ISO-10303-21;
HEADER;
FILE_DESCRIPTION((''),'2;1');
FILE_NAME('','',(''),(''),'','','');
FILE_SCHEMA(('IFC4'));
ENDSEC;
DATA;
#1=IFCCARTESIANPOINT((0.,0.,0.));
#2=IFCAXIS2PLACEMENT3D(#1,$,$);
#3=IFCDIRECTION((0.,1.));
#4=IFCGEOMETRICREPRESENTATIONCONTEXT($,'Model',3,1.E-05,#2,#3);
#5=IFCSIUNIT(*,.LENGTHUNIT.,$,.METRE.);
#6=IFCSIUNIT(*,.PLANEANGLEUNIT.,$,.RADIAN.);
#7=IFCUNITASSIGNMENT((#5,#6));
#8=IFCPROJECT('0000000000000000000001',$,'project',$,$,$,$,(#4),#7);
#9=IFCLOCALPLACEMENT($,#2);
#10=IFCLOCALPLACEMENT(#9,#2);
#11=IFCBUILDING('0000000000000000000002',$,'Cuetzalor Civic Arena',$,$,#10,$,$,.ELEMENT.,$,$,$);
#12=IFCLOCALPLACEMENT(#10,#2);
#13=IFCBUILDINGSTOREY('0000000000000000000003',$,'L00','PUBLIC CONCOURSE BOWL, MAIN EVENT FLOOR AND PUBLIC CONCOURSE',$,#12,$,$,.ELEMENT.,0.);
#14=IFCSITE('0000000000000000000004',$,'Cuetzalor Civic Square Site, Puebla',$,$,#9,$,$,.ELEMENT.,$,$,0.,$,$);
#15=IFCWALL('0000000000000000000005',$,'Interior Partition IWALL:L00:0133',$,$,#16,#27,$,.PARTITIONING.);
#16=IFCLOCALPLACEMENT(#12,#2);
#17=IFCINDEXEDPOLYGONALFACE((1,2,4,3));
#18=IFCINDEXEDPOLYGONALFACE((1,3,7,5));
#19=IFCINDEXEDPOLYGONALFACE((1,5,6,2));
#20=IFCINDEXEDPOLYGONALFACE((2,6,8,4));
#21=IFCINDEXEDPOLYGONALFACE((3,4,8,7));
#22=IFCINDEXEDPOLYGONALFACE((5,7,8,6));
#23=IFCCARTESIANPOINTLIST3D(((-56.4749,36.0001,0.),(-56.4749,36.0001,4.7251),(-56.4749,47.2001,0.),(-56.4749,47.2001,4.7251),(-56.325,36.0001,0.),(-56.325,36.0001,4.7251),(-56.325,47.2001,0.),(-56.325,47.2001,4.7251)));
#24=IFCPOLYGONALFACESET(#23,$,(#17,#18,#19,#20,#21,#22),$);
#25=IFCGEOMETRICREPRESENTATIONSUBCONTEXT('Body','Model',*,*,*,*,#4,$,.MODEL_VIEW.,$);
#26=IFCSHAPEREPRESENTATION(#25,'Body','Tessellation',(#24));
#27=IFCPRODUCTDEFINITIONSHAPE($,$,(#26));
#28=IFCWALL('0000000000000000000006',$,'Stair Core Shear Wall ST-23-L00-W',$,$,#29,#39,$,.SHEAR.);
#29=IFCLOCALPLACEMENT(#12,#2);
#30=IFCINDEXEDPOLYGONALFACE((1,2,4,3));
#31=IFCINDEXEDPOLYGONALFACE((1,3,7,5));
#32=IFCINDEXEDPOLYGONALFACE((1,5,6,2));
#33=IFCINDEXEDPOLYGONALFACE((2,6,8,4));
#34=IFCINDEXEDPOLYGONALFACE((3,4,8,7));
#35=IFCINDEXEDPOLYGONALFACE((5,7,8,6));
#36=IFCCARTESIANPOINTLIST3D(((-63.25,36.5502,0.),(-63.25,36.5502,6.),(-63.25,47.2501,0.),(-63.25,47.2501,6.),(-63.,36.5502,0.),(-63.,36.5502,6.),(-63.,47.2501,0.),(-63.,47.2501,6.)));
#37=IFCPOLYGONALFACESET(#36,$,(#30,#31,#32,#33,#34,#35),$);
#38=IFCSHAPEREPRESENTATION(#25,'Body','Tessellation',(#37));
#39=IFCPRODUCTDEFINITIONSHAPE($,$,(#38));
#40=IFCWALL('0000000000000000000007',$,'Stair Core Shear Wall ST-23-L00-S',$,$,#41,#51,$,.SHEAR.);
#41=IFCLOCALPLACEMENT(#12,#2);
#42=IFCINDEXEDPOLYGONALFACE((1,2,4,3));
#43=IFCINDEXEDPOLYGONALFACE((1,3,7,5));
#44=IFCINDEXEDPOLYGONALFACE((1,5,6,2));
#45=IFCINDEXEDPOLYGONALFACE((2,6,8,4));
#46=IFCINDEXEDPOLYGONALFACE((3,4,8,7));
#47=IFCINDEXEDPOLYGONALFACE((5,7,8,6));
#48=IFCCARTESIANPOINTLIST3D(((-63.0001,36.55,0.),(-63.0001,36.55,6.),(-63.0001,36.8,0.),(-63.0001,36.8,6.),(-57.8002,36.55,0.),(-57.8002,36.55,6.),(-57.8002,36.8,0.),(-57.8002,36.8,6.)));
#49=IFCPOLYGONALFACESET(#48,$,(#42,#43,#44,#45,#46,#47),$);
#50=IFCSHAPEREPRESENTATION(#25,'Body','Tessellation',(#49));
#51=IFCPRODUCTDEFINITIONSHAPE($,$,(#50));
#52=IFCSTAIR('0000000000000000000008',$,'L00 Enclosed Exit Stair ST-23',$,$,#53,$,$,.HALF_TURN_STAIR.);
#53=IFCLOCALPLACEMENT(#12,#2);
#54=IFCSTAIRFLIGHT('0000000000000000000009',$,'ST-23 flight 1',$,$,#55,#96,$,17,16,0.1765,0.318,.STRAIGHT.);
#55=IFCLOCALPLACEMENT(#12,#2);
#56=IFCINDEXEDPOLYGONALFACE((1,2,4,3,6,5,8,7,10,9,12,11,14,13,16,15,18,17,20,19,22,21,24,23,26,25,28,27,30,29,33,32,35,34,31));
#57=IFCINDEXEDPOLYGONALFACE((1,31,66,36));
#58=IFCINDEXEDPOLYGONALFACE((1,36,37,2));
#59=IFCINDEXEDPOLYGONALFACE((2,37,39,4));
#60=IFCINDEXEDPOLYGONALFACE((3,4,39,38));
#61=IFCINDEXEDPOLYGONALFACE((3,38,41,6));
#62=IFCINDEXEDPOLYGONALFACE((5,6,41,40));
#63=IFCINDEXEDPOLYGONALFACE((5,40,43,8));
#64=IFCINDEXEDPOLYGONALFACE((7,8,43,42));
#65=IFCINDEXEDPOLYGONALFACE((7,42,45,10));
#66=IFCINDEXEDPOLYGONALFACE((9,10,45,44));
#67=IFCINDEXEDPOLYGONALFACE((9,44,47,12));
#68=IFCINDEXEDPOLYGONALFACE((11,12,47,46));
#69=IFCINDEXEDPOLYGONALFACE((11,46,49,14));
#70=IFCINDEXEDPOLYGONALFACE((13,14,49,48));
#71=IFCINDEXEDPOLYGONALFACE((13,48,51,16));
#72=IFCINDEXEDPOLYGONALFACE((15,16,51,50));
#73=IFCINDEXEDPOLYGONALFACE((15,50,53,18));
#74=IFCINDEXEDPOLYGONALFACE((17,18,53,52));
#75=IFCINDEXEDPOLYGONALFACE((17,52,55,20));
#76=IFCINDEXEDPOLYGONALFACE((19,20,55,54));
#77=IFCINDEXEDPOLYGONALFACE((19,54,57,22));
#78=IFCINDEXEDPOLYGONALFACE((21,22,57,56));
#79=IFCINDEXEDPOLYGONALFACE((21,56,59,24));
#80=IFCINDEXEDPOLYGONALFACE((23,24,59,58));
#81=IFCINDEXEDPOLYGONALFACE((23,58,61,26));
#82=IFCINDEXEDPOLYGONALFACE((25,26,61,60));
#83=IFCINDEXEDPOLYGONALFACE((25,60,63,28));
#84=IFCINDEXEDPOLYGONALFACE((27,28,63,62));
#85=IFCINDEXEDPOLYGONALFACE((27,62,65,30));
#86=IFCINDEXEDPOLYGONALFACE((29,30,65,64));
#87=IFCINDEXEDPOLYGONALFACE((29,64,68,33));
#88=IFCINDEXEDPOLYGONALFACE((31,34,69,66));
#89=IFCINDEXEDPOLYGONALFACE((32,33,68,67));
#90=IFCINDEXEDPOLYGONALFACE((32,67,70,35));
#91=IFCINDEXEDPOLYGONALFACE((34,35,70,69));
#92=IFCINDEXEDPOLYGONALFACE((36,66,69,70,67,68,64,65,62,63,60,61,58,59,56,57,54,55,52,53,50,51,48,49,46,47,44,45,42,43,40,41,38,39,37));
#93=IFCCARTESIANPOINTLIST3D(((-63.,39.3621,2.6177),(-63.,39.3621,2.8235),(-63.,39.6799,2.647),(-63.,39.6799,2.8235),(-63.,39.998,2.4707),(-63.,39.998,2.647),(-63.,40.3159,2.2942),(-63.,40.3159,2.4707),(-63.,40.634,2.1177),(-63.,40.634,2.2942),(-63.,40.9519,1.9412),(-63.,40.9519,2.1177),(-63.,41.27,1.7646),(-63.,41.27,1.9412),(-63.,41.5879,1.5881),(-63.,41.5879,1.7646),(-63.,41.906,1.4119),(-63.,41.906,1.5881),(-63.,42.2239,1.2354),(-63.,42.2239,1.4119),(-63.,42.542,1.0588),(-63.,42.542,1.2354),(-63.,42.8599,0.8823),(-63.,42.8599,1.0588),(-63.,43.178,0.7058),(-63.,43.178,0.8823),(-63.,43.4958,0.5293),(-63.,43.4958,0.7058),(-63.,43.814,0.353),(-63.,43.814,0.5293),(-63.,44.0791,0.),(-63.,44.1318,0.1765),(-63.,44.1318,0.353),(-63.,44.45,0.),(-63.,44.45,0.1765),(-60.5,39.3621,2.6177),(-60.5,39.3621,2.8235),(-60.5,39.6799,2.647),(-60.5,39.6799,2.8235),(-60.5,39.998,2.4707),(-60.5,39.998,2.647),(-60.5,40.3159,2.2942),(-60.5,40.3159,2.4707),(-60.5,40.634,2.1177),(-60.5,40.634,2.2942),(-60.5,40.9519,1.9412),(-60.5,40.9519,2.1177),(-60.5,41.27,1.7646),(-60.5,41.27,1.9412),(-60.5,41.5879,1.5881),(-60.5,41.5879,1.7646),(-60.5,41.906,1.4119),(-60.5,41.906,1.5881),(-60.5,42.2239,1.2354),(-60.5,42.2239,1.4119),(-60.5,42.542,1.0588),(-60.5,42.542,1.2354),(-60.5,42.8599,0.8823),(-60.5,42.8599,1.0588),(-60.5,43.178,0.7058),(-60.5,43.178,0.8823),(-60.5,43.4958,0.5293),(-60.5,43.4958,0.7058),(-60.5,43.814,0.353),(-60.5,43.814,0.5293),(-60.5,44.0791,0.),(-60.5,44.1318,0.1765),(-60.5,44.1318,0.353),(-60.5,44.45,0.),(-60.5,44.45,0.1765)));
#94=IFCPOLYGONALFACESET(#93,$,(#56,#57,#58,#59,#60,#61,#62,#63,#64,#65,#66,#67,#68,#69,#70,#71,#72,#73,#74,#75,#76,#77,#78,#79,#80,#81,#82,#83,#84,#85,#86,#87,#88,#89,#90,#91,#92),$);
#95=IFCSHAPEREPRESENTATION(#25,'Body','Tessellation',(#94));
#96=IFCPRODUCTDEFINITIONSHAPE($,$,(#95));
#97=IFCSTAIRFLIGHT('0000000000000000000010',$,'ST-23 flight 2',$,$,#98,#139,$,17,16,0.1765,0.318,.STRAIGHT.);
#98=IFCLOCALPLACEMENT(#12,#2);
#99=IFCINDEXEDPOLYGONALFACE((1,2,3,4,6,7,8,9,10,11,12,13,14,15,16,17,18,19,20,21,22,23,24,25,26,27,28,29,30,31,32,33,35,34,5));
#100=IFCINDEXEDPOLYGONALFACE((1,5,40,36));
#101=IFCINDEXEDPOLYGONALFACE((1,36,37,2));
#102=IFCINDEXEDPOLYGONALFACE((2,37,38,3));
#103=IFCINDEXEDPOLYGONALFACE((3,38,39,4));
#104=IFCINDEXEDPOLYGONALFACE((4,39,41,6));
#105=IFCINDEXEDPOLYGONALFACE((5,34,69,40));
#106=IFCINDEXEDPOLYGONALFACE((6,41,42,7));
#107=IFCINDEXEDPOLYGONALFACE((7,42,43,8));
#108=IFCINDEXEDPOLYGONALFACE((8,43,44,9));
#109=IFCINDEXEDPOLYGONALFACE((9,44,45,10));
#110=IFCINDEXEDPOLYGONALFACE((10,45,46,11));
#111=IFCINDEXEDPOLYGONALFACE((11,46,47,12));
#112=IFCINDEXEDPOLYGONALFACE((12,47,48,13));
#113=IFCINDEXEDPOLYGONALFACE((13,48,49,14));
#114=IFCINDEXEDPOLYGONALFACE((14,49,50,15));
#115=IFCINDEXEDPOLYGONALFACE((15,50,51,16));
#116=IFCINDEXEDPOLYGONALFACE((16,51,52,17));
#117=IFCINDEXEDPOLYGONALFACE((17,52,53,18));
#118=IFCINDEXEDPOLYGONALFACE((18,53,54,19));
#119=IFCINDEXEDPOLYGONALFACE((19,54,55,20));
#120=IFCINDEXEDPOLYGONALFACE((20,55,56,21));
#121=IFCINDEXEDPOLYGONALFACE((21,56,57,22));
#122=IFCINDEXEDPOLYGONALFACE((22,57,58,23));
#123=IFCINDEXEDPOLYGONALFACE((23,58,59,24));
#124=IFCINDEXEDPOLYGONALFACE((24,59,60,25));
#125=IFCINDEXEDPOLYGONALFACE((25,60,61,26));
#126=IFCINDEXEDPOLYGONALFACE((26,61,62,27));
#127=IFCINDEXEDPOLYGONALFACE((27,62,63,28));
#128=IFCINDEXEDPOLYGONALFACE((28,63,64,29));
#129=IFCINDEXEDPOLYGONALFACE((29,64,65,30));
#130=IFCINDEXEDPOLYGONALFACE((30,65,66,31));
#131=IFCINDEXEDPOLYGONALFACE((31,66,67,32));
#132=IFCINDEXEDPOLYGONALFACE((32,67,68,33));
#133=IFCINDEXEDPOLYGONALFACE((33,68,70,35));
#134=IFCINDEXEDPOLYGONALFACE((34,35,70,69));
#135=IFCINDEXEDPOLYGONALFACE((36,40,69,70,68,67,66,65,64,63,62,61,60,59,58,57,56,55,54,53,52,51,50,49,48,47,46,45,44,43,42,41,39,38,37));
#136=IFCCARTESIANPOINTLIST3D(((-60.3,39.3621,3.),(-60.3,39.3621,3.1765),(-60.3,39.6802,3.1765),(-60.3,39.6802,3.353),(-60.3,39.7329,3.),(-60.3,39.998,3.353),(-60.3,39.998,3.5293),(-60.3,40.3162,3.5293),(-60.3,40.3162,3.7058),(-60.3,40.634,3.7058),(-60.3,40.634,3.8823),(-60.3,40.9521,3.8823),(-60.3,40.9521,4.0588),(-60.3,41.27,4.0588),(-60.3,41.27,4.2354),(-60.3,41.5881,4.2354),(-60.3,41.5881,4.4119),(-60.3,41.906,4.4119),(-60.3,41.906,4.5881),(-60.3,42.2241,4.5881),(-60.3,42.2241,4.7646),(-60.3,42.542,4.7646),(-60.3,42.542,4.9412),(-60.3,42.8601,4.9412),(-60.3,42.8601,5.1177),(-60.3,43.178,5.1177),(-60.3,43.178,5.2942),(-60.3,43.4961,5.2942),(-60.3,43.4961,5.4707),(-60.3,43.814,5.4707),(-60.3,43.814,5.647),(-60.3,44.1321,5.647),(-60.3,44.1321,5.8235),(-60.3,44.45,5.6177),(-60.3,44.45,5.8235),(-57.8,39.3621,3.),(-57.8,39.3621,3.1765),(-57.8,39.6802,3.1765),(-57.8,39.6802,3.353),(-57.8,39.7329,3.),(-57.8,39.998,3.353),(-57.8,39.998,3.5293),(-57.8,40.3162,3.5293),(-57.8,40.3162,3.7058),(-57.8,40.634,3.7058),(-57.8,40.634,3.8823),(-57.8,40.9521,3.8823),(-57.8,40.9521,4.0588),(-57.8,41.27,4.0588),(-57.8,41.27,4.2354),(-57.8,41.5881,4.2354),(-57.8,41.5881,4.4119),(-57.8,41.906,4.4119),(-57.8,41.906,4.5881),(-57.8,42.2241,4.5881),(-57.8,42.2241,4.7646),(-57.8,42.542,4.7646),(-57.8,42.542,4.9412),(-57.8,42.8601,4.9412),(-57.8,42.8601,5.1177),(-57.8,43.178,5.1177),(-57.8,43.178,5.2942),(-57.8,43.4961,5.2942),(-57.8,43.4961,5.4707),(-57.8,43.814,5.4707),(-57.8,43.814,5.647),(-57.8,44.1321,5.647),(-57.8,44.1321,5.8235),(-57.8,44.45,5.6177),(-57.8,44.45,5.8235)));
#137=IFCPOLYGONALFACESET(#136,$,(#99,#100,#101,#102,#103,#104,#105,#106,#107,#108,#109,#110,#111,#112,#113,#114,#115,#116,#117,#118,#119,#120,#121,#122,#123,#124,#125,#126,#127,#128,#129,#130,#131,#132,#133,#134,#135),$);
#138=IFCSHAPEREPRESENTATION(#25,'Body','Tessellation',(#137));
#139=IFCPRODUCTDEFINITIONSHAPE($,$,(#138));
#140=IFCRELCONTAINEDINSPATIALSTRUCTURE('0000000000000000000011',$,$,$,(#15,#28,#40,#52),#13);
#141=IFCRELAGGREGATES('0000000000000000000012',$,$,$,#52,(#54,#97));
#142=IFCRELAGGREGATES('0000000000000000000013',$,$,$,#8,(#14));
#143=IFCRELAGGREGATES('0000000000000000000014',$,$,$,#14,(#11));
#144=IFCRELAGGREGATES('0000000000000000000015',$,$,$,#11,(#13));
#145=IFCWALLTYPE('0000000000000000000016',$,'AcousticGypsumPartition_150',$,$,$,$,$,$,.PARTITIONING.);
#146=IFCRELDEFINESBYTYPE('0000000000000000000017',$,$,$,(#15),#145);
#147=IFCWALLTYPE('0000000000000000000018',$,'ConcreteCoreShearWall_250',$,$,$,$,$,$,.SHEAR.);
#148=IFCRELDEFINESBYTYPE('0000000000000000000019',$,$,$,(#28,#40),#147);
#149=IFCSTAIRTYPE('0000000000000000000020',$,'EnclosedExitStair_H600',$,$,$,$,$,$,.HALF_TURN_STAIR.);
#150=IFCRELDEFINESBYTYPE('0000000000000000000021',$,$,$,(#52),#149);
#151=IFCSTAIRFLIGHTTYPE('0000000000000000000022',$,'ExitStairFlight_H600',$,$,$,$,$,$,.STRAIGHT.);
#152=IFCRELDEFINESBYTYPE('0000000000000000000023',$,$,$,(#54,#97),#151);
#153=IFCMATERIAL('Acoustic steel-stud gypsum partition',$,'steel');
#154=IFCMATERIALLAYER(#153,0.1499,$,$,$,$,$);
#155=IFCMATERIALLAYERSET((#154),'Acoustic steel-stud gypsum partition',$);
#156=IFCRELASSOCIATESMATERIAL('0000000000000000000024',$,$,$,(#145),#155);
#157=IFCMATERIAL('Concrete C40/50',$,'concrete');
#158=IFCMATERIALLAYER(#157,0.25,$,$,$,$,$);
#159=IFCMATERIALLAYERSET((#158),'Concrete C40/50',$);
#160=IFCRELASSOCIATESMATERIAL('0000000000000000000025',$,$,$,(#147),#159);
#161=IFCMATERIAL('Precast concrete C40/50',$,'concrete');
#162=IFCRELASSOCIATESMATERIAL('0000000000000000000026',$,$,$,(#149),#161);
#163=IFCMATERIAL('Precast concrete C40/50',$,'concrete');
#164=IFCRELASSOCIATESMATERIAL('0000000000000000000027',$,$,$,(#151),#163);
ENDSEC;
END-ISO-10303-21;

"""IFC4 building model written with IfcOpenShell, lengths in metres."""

from ifc_helpers import new_model, si_unit, direction, frame, frame_2d, origin, place, context, subcontext, project, spatial, polyline, rectangle, outline, extrude, material, layer, layer_set, type_object, element, aggregate, save


model = new_model("IFC4")

# Units and contexts
model_context = context("Model", 3, precision=1e-05, world=origin(), true_north=direction((0.0, 1.0)))
body_context = subcontext(model_context, "Body", "Model", "MODEL_VIEW")
ifc_project = project(units=[si_unit("LENGTHUNIT", "METRE"), si_unit("PLANEANGLEUNIT", "RADIAN")], contexts=[model_context])

# Site, building, storey
site_placement = place(None, origin())
site = spatial("IfcSite", under=ifc_project, at=site_placement, Name="Cuetzalor Civic Square Site, Puebla", CompositionType="ELEMENT", RefElevation=0.0)
building_placement = place(site_placement, origin())
building = spatial("IfcBuilding", under=site, at=building_placement, Name="Cuetzalor Civic Arena", CompositionType="ELEMENT")
storey_placement = place(building_placement, origin())
storey = spatial("IfcBuildingStorey", under=building, at=storey_placement, Name="L00", Description="PUBLIC CONCOURSE BOWL, MAIN EVENT FLOOR AND PUBLIC CONCOURSE", CompositionType="ELEMENT", Elevation=0.0)

# Walls
ifc_material_1 = material(Name="Acoustic steel-stud gypsum partition", Category="steel")
ifc_layer_1 = layer(ifc_material_1, 0.1499)
ifc_layer_set_1 = layer_set([ifc_layer_1], Name="Acoustic steel-stud gypsum partition")
wall_type_1 = type_object("IfcWallType", Name="AcousticGypsumPartition_150", PredefinedType="PARTITIONING", material=ifc_layer_set_1)
wall_1_placement = place(storey_placement, frame((-56.3999, 36.0, 0.0), z_axis=(0.0, 0.0, 1.0), x_axis=(0.0, 1.0, 0.0)))
element("IfcWall", 1, at=wall_1_placement, inside=storey, type_object=wall_type_1, Name="Interior Partition IWALL:L00:0133", PredefinedType="PARTITIONING", context=body_context, shape_type="SweptSolid", body=[
    extrude(rectangle(XDim=11.2, YDim=0.1499, at=frame_2d((5.6001, 0.0))), origin(), (0.0, 0.0, 1.0), 4.7251),
])
ifc_material_2 = material(Name="Concrete C40/50", Category="concrete")
ifc_layer_2 = layer(ifc_material_2, 0.25)
ifc_layer_set_2 = layer_set([ifc_layer_2], Name="Concrete C40/50")
wall_type_2 = type_object("IfcWallType", Name="ConcreteCoreShearWall_250", PredefinedType="SHEAR", material=ifc_layer_set_2)
wall_2_placement = place(storey_placement, frame((-63.125, 36.55, 0.0), z_axis=(0.0, 0.0, 1.0), x_axis=(0.0, 1.0, 0.0)))
element("IfcWall", 2, at=wall_2_placement, inside=storey, type_object=wall_type_2, Name="Stair Core Shear Wall ST-23-L00-W", PredefinedType="SHEAR", context=body_context, shape_type="SweptSolid", body=[
    extrude(rectangle(XDim=10.7, YDim=0.25, at=frame_2d((5.3501, 0.0))), origin(), (0.0, 0.0, 1.0), 6.0),
])
wall_3_placement = place(storey_placement, frame((-57.8, 36.675, 0.0), z_axis=(0.0, 0.0, 1.0), x_axis=(-1.0, 0.0, 0.0)))
element("IfcWall", 3, at=wall_3_placement, inside=storey, type_object=wall_type_2, Name="Stair Core Shear Wall ST-23-L00-S", PredefinedType="SHEAR", context=body_context, shape_type="SweptSolid", body=[
    extrude(rectangle(XDim=5.2, YDim=0.25, at=frame_2d((2.6001, 0.0))), origin(), (0.0, 0.0, 1.0), 6.0),
])

# Stair, stair flights
ifc_material_3 = material(Name="Precast concrete C40/50", Category="concrete")
stair_type = type_object("IfcStairType", Name="EnclosedExitStair_H600", PredefinedType="HALF_TURN_STAIR", material=ifc_material_3)
stair_placement = place(storey_placement, origin())
stair = element("IfcStair", 4, at=stair_placement, inside=storey, type_object=stair_type, Name="L00 Enclosed Exit Stair ST-23", PredefinedType="HALF_TURN_STAIR")
ifc_material_4 = material(Name="Precast concrete C40/50", Category="concrete")
stair_flight_type = type_object("IfcStairFlightType", Name="ExitStairFlight_H600", PredefinedType="STRAIGHT", material=ifc_material_4)
stair_flight_1_placement = place(storey_placement, frame((-61.75, 44.45, 0.0), z_axis=(0.0, 0.0, 1.0), x_axis=(0.0, -1.0, 0.0)))
stair_flight_1 = element("IfcStairFlight", 5, at=stair_flight_1_placement, type_object=stair_flight_type, Name="ST-23 flight 1", NumberOfRisers=17, NumberOfTreads=16, PredefinedType="STRAIGHT", RiserHeight=0.1765, TreadLength=0.318, context=body_context, shape_type="SweptSolid", body=[
    extrude(outline(polyline([(0.0, 0.0), (0.0, 0.1765), (0.3181, 0.1765), (0.3181, 0.353), (0.636, 0.353), (0.636, 0.5293), (0.9541, 0.5293), (0.9541, 0.7058), (1.272, 0.7058), (1.272, 0.8823), (1.5901, 0.8823), (1.5901, 1.0588), (1.908, 1.0588), (1.908, 1.2354), (2.2261, 1.2354), (2.2261, 1.4119), (2.5439, 1.4119), (2.5439, 1.5881), (2.8621, 1.5881), (2.8621, 1.7646), (3.1799, 1.7646), (3.1799, 1.9412), (3.498, 1.9412), (3.498, 2.1177), (3.8159, 2.1177), (3.8159, 2.2942), (4.134, 2.2942), (4.134, 2.4707), (4.4519, 2.4707), (4.4519, 2.647), (4.77, 2.647), (4.77, 2.8235), (5.0879, 2.8235), (5.0879, 3.0), (5.0879, 2.6177), (0.3708, 0.0), (0.0, 0.0)])), frame((0.0, 1.25, 0.0), z_axis=(0.0, -1.0, 0.0), x_axis=(1.0, 0.0, 0.0)), (0.0, 0.0, 1.0), 2.5),
])
stair_flight_2_placement = place(storey_placement, frame((-59.05, 39.3621, 3.0), z_axis=(0.0, 0.0, 1.0), x_axis=(0.0, 1.0, 0.0)))
stair_flight_2 = element("IfcStairFlight", 6, at=stair_flight_2_placement, type_object=stair_flight_type, Name="ST-23 flight 2", NumberOfRisers=17, NumberOfTreads=16, PredefinedType="STRAIGHT", RiserHeight=0.1765, TreadLength=0.318, context=body_context, shape_type="SweptSolid", body=[
    extrude(outline(polyline([(0.0, 0.0), (0.0, 0.1765), (0.3181, 0.1765), (0.3181, 0.353), (0.636, 0.353), (0.636, 0.5293), (0.9541, 0.5293), (0.9541, 0.7058), (1.272, 0.7058), (1.272, 0.8823), (1.5901, 0.8823), (1.5901, 1.0588), (1.908, 1.0588), (1.908, 1.2354), (2.2261, 1.2354), (2.2261, 1.4119), (2.5439, 1.4119), (2.5439, 1.5881), (2.8621, 1.5881), (2.8621, 1.7646), (3.1799, 1.7646), (3.1799, 1.9412), (3.498, 1.9412), (3.498, 2.1177), (3.8159, 2.1177), (3.8159, 2.2942), (4.134, 2.2942), (4.134, 2.4707), (4.4519, 2.4707), (4.4519, 2.647), (4.77, 2.647), (4.77, 2.8235), (5.0879, 2.8235), (5.0879, 3.0), (5.0879, 2.6177), (0.3708, 0.0), (0.0, 0.0)])), frame((0.0, 1.25, 0.0), z_axis=(0.0, -1.0, 0.0), x_axis=(1.0, 0.0, 0.0)), (0.0, 0.0, 1.0), 2.5),
])
aggregate(stair, [stair_flight_1, stair_flight_2])

save(model, "model.ifc")
